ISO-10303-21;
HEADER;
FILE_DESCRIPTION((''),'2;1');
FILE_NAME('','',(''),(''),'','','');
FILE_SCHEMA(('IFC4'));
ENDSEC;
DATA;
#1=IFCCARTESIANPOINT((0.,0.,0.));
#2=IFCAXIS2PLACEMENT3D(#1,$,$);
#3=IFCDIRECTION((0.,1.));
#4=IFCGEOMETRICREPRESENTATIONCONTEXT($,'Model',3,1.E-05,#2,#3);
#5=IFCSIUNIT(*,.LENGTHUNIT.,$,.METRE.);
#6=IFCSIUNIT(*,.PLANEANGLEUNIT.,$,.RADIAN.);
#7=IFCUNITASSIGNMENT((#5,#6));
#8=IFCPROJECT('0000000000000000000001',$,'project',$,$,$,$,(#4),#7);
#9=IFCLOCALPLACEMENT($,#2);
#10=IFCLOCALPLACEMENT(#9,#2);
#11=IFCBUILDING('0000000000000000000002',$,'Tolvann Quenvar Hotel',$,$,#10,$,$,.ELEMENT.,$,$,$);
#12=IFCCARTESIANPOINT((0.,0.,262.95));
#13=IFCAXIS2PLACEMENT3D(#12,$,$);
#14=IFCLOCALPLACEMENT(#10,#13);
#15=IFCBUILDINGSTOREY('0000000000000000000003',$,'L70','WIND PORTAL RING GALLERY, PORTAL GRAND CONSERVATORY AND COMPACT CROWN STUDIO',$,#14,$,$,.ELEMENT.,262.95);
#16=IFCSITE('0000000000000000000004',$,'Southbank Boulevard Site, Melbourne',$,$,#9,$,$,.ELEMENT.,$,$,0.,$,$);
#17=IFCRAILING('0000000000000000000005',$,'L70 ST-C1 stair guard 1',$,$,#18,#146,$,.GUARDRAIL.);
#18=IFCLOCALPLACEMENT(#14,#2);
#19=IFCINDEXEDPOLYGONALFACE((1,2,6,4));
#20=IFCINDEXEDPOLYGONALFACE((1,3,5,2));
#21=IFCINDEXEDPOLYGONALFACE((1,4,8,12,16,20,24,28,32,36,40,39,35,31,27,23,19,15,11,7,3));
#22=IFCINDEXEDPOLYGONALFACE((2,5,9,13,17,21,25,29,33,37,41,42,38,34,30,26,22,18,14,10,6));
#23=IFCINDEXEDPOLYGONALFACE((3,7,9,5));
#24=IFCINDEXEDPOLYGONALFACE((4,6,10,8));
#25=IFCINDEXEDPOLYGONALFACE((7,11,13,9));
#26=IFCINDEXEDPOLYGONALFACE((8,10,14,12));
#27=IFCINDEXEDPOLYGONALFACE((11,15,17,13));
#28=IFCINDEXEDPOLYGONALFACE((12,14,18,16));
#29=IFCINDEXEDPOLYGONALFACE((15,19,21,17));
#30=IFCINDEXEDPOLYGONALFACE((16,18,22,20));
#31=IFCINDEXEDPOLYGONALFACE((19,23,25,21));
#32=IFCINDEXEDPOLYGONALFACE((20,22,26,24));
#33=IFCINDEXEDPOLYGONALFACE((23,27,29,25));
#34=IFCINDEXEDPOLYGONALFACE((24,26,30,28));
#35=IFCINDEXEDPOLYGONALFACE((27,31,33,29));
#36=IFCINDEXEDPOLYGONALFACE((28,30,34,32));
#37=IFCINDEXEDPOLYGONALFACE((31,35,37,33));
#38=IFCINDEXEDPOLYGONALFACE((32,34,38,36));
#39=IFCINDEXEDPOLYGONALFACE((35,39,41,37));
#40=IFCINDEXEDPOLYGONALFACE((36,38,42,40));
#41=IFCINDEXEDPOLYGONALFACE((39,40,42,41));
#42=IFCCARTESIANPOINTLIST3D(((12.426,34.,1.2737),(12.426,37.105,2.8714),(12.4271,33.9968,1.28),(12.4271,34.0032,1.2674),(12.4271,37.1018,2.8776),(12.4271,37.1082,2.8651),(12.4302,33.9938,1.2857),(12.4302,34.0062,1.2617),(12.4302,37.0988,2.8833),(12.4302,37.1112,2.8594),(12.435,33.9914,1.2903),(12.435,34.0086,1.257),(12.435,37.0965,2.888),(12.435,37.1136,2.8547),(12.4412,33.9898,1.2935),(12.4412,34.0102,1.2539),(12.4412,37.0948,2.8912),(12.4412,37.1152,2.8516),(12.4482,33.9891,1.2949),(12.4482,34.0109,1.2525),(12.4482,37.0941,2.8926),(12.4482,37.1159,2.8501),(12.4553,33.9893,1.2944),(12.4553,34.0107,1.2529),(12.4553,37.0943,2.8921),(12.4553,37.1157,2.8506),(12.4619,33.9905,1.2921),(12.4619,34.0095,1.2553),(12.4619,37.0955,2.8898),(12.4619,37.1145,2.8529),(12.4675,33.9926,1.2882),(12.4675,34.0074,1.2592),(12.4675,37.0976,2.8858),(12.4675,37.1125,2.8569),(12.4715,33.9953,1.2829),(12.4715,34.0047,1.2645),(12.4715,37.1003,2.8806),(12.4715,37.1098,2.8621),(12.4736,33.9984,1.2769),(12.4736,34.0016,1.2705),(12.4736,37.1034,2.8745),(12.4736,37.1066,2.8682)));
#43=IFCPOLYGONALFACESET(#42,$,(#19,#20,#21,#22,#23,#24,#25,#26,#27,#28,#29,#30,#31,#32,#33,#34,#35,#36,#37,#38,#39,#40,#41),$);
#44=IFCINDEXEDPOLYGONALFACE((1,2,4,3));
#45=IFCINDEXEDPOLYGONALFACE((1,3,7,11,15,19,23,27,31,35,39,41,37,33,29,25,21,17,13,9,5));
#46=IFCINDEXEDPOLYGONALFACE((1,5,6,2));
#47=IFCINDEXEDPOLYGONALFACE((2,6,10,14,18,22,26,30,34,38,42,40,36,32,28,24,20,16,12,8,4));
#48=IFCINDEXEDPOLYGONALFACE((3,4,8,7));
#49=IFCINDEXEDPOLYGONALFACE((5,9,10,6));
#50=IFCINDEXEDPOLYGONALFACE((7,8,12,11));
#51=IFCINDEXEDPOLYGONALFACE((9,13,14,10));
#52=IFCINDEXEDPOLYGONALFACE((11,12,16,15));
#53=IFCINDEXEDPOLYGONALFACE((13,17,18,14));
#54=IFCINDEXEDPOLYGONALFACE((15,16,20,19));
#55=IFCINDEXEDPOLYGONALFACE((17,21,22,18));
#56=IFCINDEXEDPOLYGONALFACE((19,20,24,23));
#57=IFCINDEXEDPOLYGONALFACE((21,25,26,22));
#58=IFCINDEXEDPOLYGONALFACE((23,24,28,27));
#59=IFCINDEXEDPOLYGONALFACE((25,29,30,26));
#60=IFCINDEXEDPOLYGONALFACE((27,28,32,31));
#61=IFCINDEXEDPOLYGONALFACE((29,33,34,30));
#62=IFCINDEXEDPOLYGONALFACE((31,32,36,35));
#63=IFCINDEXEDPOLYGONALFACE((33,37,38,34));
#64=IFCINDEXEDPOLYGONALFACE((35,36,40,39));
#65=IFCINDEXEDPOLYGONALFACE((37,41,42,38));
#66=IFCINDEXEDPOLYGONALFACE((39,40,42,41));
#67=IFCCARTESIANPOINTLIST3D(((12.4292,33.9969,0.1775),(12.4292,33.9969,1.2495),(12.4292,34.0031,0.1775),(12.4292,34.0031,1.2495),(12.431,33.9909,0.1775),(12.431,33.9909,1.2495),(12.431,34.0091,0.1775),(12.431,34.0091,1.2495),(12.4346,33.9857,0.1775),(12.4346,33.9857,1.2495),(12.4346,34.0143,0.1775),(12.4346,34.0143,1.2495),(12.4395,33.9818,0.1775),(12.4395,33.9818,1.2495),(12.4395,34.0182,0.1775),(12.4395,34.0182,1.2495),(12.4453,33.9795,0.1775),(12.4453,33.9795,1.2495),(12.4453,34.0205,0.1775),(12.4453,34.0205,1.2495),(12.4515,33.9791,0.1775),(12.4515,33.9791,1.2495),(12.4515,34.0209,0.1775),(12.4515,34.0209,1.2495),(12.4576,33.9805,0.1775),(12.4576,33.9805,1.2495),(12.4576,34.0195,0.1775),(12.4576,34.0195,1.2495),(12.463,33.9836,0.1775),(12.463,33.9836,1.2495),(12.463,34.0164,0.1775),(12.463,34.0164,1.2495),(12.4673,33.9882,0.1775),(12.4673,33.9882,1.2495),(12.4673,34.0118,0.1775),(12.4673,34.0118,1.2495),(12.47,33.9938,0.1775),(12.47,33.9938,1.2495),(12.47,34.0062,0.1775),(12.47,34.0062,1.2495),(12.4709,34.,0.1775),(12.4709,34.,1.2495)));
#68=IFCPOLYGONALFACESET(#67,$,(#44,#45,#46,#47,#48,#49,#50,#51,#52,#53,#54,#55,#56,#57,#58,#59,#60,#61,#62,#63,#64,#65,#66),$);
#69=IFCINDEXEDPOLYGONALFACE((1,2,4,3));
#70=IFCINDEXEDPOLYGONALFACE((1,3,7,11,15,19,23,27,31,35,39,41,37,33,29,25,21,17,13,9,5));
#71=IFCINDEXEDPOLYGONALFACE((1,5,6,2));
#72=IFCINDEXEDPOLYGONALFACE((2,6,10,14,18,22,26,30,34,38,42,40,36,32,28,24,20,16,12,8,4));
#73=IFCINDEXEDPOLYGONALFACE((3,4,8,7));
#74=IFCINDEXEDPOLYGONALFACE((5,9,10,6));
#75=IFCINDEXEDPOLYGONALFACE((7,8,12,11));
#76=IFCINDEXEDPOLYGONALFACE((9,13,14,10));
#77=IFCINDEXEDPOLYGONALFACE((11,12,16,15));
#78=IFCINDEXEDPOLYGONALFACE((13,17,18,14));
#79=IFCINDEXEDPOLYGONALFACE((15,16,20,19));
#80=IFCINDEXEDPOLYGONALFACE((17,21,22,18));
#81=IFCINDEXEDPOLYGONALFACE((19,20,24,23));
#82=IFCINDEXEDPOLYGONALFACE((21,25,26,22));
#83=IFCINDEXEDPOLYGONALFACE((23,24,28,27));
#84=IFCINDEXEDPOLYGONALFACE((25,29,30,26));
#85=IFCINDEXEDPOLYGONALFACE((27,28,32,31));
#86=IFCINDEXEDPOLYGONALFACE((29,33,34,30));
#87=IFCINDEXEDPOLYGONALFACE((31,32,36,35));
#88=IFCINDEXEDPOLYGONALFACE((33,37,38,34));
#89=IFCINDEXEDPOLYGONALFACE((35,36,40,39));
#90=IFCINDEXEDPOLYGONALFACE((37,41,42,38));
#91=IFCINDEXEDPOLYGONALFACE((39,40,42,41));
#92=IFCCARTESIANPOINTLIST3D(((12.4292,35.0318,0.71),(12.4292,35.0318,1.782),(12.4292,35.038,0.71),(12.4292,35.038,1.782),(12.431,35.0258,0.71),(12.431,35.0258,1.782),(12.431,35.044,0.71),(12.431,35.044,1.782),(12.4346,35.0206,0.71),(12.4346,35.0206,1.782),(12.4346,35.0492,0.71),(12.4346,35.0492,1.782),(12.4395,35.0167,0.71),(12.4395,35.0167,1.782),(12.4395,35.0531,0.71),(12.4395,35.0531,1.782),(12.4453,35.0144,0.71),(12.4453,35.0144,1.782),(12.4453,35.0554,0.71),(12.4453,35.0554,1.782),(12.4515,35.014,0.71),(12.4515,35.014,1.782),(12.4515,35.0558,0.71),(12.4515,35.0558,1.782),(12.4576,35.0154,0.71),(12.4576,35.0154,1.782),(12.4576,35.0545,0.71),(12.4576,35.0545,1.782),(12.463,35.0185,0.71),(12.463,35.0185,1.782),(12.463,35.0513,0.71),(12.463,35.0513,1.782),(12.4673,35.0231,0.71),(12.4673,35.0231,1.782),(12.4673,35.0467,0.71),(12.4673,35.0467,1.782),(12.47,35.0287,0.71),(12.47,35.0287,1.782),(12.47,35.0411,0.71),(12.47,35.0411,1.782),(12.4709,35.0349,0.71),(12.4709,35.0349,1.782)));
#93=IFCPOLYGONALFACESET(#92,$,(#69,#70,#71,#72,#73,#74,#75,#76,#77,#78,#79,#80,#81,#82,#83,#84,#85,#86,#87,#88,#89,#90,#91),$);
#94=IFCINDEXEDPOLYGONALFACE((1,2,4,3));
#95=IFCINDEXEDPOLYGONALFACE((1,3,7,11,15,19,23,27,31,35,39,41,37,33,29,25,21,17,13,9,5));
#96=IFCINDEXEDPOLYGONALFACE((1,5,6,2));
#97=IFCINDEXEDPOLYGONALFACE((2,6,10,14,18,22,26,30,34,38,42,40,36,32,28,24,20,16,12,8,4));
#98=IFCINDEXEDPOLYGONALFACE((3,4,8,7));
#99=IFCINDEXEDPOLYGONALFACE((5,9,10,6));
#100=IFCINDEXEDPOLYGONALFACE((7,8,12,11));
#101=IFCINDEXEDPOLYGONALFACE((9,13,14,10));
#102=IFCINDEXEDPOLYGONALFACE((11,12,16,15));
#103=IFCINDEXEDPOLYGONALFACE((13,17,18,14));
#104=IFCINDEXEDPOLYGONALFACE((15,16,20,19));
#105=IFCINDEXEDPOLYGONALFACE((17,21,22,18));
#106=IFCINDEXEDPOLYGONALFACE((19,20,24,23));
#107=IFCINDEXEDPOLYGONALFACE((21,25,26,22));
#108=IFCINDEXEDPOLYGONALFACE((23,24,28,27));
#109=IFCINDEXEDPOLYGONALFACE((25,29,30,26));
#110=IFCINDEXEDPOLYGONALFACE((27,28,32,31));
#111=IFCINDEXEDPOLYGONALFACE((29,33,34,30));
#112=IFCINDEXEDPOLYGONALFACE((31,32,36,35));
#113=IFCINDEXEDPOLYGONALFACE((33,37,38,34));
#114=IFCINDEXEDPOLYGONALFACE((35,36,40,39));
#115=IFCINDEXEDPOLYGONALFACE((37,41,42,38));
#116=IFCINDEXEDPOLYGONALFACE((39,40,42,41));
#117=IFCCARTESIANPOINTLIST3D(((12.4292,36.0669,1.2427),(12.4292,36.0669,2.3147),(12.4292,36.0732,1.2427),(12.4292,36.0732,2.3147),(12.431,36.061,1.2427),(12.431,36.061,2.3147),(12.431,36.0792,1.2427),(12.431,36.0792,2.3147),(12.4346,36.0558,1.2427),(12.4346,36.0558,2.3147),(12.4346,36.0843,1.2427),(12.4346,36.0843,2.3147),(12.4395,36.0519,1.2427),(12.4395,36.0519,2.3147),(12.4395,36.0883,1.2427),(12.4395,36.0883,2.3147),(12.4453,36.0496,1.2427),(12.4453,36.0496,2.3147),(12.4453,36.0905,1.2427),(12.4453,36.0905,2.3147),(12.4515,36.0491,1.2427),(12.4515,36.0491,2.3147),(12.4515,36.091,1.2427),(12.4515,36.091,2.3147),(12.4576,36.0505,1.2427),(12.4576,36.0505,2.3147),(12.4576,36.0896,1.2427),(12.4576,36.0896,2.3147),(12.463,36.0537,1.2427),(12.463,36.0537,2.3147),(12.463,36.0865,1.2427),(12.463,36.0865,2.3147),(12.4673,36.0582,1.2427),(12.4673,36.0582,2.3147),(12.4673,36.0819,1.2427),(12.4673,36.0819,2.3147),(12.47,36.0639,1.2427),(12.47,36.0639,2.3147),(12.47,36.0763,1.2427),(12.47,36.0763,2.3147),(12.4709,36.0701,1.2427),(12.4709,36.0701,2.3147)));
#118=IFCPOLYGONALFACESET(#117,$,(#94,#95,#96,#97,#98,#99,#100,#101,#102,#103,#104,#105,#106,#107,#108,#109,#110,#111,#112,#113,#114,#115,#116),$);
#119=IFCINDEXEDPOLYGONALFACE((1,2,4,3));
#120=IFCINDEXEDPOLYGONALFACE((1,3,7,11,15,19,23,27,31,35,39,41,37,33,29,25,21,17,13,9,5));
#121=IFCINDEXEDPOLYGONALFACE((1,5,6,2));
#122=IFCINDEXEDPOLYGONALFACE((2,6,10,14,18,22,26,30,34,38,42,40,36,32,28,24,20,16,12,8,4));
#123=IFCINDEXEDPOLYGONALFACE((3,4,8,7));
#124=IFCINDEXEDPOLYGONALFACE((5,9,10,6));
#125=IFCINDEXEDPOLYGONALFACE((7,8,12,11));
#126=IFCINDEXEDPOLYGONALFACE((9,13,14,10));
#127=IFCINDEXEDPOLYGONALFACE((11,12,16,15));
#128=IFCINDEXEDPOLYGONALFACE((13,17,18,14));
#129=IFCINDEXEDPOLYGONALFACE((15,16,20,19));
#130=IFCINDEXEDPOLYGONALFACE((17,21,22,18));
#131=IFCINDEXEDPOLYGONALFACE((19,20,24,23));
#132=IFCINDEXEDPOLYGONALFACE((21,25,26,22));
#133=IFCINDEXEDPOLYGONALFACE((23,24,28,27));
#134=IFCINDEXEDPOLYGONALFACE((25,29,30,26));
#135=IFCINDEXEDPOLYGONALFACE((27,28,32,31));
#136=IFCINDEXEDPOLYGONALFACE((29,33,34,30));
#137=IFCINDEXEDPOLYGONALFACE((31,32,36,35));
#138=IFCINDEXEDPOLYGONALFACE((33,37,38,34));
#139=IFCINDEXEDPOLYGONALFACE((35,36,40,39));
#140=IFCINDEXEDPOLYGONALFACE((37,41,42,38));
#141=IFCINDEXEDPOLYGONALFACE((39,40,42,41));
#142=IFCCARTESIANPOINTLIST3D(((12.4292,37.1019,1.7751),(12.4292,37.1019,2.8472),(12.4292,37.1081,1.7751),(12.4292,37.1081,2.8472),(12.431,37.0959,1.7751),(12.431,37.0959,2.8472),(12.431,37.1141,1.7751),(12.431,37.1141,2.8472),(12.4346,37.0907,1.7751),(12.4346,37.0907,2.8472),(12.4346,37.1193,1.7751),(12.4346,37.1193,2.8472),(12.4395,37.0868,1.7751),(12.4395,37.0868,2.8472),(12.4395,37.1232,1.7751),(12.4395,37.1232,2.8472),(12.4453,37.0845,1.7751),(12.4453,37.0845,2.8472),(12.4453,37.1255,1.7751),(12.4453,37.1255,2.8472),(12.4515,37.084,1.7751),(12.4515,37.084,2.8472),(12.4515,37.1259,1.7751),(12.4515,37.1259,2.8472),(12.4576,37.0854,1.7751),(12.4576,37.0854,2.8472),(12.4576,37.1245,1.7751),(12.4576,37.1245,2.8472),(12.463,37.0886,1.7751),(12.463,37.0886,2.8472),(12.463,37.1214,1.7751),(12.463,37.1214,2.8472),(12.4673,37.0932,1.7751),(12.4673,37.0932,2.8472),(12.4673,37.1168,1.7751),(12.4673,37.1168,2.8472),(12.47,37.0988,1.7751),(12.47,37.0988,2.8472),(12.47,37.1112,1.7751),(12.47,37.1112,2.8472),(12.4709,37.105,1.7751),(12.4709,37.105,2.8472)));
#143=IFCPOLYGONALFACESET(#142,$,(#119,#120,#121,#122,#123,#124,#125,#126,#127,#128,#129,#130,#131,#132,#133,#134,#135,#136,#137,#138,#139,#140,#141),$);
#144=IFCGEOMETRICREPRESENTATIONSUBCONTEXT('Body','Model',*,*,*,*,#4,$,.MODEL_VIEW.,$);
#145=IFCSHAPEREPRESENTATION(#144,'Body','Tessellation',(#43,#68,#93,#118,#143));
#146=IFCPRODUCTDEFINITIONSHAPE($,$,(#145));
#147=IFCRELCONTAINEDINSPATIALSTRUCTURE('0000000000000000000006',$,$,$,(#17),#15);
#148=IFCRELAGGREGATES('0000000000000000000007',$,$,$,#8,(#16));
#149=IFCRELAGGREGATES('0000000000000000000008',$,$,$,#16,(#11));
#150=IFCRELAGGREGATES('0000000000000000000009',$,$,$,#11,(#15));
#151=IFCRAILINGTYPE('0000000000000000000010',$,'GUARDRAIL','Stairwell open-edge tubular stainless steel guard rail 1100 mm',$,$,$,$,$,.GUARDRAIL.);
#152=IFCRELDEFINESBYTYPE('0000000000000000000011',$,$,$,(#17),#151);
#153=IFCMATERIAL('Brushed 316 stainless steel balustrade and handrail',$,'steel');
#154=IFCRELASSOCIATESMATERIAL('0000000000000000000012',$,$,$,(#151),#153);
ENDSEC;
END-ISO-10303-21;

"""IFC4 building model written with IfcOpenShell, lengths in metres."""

from ifc_helpers import new_model, si_unit, direction, frame, origin, origin_2d, place, context, subcontext, project, spatial, circle, extrude, material, type_object, element, save


model = new_model("IFC4")

# Units and contexts
model_context = context("Model", 3, precision=1e-05, world=origin(), true_north=direction((0.0, 1.0)))
body_context = subcontext(model_context, "Body", "Model", "MODEL_VIEW")
ifc_project = project(units=[si_unit("LENGTHUNIT", "METRE"), si_unit("PLANEANGLEUNIT", "RADIAN")], contexts=[model_context])

# Site, building, storey
site_placement = place(None, origin())
site = spatial("IfcSite", under=ifc_project, at=site_placement, Name="Southbank Boulevard Site, Melbourne", CompositionType="ELEMENT", RefElevation=0.0)
building_placement = place(site_placement, origin())
building = spatial("IfcBuilding", under=site, at=building_placement, Name="Tolvann Quenvar Hotel", CompositionType="ELEMENT")
storey_placement = place(building_placement, frame((0.0, 0.0, 262.95)))
storey = spatial("IfcBuildingStorey", under=building, at=storey_placement, Name="L70", Description="WIND PORTAL RING GALLERY, PORTAL GRAND CONSERVATORY AND COMPACT CROWN STUDIO", CompositionType="ELEMENT", Elevation=262.95)

# Railing
ifc_material_1 = material(Name="Brushed 316 stainless steel balustrade and handrail", Category="steel")
railing_type_1 = type_object("IfcRailingType", Name="GUARDRAIL", Description="Stairwell open-edge tubular stainless steel guard rail 1100 mm", PredefinedType="GUARDRAIL", material=ifc_material_1)
railing_1_placement = place(storey_placement, frame((12.45, 34.0, 0.1775)))
element("IfcRailing", 1, at=railing_1_placement, inside=storey, type_object=railing_type_1, Name="L70 ST-C1 stair guard 1", PredefinedType="GUARDRAIL", context=body_context, shape_type="SweptSolid", body=[
    extrude(circle(Radius=0.0239, at=origin_2d()), frame((0.0, 0.0, 1.0962), z_axis=(0.0, 0.889194, 0.457531), x_axis=(-1.0, 0.0, 0.0)), (0.0, 0.0, 1.0), 3.4919),
    extrude(circle(Radius=0.021, at=origin_2d()), origin(), (0.0, 0.0, 1.0), 1.072),
    extrude(circle(Radius=0.021, at=origin_2d()), frame((0.0, 1.0349, 0.5325)), (0.0, 0.0, 1.0), 1.072),
    extrude(circle(Radius=0.021, at=origin_2d()), frame((0.0, 2.0701, 1.0652)), (0.0, 0.0, 1.0), 1.072),
    extrude(circle(Radius=0.021, at=origin_2d()), frame((0.0, 3.105, 1.5977)), (0.0, 0.0, 1.0), 1.072),
])

save(model, "model.ifc")
